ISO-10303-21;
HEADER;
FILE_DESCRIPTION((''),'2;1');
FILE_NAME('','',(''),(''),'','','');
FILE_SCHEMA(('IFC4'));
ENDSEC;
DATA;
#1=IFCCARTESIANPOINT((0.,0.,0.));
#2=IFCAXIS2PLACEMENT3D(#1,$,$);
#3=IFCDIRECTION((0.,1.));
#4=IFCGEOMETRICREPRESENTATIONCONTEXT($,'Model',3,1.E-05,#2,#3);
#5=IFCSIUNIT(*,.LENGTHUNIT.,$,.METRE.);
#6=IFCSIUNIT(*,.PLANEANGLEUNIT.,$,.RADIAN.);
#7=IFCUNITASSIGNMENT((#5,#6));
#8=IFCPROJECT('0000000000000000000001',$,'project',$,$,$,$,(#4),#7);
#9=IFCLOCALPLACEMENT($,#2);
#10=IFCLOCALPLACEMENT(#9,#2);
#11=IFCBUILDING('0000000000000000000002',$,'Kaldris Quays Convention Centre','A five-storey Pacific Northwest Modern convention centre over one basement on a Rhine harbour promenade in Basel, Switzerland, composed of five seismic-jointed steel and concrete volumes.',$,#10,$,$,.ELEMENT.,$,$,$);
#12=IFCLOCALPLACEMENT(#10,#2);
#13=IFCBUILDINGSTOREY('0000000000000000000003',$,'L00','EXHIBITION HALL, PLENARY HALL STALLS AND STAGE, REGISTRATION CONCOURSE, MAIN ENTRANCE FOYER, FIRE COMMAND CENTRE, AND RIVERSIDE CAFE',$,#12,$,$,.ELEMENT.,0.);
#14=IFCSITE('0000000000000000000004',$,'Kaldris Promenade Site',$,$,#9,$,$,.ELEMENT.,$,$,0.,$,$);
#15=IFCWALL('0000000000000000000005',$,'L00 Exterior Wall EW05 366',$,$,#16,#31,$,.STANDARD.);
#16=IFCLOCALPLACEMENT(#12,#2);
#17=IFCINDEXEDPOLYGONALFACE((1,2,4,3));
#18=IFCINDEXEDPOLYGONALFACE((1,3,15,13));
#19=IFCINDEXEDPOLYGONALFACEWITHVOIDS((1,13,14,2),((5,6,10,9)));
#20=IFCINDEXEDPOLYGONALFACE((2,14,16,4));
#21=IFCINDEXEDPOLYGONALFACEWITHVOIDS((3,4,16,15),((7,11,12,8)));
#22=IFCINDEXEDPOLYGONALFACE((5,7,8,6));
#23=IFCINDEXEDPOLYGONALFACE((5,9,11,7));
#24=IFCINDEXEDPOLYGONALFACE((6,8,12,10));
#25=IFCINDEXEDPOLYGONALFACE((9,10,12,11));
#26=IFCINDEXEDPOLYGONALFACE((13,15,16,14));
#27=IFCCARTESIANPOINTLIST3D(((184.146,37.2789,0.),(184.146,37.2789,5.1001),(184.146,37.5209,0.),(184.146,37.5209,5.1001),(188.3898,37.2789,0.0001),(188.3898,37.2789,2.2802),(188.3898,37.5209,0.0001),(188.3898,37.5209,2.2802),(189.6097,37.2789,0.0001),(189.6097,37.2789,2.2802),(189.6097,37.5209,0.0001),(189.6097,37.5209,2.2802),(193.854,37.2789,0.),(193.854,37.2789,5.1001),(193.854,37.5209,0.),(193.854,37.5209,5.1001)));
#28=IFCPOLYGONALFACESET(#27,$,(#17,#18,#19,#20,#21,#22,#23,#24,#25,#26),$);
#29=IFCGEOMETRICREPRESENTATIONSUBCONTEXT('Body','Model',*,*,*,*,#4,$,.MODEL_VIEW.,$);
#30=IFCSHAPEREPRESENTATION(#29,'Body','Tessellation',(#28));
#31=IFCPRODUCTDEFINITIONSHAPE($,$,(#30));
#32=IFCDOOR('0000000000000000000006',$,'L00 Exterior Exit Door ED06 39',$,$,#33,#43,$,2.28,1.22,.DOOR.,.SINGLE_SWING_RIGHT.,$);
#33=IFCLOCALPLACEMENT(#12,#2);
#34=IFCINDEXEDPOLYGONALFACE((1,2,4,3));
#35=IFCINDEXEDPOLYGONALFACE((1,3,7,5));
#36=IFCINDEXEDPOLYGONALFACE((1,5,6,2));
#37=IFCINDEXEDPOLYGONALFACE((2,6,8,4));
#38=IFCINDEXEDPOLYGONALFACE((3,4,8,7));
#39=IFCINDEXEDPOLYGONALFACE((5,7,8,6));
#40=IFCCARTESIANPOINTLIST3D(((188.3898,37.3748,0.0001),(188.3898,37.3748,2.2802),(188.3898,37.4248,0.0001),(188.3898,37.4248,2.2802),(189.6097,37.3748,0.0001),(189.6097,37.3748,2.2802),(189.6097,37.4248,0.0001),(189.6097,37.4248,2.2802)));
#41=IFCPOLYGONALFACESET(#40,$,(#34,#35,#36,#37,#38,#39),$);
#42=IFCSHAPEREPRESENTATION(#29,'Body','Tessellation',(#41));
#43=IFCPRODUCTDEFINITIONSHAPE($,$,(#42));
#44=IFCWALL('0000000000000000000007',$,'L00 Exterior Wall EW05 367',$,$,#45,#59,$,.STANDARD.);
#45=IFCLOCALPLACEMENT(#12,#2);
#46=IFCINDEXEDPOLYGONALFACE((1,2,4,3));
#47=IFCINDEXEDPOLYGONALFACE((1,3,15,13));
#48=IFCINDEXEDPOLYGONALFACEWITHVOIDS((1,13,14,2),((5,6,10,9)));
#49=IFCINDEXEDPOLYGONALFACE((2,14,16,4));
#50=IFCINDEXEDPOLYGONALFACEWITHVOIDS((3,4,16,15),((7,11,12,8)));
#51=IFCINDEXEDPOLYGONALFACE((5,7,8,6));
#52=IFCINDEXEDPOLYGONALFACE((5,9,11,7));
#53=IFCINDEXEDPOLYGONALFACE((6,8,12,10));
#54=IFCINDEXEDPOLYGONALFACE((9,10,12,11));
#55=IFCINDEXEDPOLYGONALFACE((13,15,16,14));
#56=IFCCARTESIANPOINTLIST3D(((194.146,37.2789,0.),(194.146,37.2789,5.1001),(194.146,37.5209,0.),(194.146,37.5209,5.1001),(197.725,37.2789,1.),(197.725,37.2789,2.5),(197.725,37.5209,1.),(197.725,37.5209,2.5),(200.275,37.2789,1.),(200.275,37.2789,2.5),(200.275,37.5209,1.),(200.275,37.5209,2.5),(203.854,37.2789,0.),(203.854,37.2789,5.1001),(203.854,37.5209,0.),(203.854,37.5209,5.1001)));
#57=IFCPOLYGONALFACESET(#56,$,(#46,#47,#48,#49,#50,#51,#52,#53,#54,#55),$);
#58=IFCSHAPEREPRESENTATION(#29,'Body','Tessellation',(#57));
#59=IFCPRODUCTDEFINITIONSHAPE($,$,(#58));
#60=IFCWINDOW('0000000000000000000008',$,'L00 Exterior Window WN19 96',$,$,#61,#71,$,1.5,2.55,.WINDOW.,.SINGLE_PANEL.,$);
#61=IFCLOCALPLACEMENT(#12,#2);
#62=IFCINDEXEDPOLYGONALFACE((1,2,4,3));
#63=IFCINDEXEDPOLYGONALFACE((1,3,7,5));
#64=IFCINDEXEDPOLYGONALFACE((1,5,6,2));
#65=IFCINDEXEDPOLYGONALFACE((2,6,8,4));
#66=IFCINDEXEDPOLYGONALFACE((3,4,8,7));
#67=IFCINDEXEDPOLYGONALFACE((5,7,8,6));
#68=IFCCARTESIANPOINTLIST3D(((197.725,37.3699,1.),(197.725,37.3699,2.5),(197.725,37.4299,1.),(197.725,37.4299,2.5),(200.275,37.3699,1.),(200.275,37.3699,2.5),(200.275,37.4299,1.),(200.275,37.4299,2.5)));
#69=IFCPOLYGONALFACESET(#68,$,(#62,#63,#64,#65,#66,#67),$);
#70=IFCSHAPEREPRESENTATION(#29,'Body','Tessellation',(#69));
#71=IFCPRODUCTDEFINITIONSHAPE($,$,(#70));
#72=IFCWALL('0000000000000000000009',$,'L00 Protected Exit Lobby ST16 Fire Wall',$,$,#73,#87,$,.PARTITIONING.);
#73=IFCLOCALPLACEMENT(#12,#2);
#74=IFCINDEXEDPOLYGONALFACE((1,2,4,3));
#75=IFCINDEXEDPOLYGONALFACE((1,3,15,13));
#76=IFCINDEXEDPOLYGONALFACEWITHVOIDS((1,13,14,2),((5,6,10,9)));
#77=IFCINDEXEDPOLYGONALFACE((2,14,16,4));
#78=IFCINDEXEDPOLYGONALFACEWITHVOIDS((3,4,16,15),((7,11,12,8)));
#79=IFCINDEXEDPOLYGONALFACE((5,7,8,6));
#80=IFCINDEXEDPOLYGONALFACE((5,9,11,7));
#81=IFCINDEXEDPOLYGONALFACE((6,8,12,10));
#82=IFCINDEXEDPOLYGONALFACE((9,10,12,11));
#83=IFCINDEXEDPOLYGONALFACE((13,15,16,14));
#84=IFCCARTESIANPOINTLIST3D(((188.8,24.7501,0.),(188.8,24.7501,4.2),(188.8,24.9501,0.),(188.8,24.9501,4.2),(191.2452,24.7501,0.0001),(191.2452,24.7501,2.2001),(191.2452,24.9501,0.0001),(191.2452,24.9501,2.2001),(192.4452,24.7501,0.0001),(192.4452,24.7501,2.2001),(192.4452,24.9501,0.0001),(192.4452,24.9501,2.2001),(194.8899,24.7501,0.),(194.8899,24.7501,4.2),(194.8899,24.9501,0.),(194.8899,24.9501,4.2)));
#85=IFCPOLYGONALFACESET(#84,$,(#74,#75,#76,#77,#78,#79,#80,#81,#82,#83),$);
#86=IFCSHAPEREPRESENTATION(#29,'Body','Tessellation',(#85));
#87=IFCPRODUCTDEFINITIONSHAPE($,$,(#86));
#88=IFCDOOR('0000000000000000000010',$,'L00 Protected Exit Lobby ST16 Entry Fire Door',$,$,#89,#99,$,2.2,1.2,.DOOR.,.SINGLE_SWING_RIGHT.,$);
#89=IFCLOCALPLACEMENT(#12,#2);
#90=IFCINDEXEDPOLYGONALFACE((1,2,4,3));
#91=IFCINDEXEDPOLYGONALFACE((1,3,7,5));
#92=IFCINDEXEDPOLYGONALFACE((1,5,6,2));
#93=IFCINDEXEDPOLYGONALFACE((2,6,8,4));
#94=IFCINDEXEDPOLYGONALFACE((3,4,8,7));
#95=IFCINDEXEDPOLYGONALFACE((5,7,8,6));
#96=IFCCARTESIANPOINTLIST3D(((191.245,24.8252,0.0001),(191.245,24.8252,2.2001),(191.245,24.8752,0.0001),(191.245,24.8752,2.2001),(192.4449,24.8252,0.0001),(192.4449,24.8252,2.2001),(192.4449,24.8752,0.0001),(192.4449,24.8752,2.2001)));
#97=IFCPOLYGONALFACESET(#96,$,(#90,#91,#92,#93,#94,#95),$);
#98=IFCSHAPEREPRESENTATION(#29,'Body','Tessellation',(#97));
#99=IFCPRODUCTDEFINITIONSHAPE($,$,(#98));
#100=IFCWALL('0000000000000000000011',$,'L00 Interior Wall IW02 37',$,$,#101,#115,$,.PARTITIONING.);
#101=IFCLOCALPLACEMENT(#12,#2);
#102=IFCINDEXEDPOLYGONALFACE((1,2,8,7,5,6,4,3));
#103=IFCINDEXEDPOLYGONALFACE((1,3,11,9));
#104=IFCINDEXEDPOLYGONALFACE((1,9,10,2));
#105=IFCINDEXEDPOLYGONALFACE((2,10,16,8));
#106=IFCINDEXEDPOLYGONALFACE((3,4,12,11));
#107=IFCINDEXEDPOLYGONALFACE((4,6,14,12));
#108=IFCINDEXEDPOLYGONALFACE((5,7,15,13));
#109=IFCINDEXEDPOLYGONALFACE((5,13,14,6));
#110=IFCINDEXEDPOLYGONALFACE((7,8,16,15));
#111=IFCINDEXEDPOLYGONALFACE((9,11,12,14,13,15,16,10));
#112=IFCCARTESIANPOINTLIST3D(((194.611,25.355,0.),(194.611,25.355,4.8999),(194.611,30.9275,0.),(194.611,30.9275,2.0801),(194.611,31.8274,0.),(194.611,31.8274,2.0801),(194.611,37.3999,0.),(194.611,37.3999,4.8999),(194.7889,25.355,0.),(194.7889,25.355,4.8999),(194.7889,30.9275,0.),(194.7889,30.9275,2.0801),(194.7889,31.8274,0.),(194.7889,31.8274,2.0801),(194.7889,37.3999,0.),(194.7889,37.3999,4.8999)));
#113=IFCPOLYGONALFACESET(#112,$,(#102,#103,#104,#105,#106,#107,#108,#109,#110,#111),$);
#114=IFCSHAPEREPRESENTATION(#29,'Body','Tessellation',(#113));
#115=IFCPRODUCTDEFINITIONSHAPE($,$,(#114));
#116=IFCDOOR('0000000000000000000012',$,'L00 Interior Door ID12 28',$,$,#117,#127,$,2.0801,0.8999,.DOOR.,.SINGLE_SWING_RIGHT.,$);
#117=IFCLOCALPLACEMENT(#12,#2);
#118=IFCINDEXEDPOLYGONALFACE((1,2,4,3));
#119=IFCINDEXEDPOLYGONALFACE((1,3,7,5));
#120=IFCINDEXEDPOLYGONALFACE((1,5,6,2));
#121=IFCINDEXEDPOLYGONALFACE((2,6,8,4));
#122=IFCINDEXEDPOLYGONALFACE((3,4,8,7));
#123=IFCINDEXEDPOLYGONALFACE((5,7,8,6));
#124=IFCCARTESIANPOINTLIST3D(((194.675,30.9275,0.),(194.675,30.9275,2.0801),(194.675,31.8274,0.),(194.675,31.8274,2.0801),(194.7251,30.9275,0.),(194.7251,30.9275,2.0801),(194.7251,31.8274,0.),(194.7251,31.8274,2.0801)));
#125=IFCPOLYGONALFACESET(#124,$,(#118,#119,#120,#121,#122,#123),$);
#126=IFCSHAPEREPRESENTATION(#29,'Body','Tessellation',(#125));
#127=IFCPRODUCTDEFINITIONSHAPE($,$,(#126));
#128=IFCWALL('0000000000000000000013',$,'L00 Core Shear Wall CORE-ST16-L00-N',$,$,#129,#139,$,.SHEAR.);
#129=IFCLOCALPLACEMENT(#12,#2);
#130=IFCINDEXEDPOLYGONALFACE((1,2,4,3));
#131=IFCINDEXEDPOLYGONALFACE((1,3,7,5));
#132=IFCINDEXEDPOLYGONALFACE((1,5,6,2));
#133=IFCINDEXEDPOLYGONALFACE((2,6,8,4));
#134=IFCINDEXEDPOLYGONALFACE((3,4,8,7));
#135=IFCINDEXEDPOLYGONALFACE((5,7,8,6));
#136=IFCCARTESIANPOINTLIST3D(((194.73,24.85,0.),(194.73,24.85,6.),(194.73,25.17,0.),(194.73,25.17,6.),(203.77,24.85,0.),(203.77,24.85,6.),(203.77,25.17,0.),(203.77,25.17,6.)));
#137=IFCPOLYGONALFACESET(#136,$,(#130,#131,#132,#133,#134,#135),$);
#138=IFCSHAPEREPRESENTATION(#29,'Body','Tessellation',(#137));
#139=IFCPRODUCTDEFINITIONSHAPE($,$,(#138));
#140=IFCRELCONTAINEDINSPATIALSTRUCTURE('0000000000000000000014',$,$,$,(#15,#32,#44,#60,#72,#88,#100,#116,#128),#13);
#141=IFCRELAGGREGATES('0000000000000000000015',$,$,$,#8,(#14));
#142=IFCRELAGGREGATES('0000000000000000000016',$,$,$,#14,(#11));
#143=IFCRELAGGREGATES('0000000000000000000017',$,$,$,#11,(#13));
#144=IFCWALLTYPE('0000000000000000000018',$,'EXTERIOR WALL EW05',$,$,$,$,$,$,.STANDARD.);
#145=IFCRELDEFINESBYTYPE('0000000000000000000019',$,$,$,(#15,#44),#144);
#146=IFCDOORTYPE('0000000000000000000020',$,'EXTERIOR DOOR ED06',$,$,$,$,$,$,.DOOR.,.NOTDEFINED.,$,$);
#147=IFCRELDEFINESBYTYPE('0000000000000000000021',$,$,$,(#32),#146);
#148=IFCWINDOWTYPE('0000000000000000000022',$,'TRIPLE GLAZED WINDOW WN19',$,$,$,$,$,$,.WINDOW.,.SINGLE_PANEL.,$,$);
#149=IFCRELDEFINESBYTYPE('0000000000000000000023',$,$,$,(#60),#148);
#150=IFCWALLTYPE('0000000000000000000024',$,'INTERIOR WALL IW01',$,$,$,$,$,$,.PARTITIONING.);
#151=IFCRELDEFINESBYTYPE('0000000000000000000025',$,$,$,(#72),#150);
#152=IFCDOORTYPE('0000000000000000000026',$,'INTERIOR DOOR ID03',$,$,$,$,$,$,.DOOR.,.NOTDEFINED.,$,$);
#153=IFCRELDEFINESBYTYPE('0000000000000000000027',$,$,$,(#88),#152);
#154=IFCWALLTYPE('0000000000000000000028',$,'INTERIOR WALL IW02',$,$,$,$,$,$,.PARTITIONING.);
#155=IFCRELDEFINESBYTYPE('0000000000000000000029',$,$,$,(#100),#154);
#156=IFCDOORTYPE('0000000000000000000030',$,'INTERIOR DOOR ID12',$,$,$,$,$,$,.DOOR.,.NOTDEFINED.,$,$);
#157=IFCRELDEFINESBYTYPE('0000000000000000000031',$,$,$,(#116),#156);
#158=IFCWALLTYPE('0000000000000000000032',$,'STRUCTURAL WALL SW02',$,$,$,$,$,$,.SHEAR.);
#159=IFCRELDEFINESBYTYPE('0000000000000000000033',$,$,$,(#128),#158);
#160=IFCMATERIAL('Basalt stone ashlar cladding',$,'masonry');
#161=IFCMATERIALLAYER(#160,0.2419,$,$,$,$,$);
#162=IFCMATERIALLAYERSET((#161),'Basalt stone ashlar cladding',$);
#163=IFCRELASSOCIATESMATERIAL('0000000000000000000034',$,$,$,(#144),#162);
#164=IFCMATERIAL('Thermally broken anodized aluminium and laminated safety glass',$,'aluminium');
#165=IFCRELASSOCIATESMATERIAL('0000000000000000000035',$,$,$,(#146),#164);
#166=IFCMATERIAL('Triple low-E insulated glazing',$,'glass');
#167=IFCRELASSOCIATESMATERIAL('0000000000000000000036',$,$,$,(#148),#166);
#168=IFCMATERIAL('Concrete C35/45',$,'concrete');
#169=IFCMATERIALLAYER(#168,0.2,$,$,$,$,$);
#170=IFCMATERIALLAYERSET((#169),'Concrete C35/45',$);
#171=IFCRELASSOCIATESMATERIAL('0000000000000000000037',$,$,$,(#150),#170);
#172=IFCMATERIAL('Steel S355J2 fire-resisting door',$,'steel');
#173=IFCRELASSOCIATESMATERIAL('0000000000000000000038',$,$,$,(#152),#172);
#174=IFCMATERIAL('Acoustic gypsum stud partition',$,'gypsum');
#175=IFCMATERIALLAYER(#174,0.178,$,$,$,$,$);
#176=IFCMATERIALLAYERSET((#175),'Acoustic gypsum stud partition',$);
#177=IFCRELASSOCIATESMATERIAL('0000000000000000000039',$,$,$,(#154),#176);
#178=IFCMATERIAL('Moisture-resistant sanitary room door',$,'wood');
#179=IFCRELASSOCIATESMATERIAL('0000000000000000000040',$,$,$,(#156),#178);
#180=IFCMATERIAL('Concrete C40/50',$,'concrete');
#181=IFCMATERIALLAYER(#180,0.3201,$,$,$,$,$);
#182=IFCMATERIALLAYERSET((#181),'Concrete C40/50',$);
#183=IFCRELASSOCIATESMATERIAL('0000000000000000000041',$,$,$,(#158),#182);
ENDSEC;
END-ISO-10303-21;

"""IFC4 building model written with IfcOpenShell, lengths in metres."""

from ifc_helpers import new_model, si_unit, direction, frame, frame_2d, origin, place, context, subcontext, project, spatial, rectangle, extrude, material, layer, layer_set, type_object, element, fill, save


model = new_model("IFC4")

# Units and contexts
model_context = context("Model", 3, precision=1e-05, world=origin(), true_north=direction((0.0, 1.0)))
body_context = subcontext(model_context, "Body", "Model", "MODEL_VIEW")
ifc_project = project(units=[si_unit("LENGTHUNIT", "METRE"), si_unit("PLANEANGLEUNIT", "RADIAN")], contexts=[model_context])

# Site, building, storey
site_placement = place(None, origin())
site = spatial("IfcSite", under=ifc_project, at=site_placement, Name="Kaldris Promenade Site", CompositionType="ELEMENT", RefElevation=0.0)
building_placement = place(site_placement, origin())
building = spatial("IfcBuilding", under=site, at=building_placement, Name="Kaldris Quays Convention Centre", Description="A five-storey Pacific Northwest Modern convention centre over one basement on a Rhine harbour promenade in Basel, Switzerland, composed of five seismic-jointed steel and concrete volumes.", CompositionType="ELEMENT")
storey_placement = place(building_placement, origin())
storey = spatial("IfcBuildingStorey", under=building, at=storey_placement, Name="L00", Description="EXHIBITION HALL, PLENARY HALL STALLS AND STAGE, REGISTRATION CONCOURSE, MAIN ENTRANCE FOYER, FIRE COMMAND CENTRE, AND RIVERSIDE CAFE", CompositionType="ELEMENT", Elevation=0.0)

# Wall, opening, door
ifc_material_1 = material(Name="Basalt stone ashlar cladding", Category="masonry")
ifc_layer_1 = layer(ifc_material_1, 0.2419)
ifc_layer_set_1 = layer_set([ifc_layer_1], Name="Basalt stone ashlar cladding")
wall_type_1 = type_object("IfcWallType", Name="EXTERIOR WALL EW05", PredefinedType="STANDARD", material=ifc_layer_set_1)
wall_1_placement = place(storey_placement, frame((184.146, 37.3999, 0.0), z_axis=(0.0, 0.0, 1.0), x_axis=(1.0, 0.0, 0.0)))
wall_1 = element("IfcWall", 1, at=wall_1_placement, inside=storey, type_object=wall_type_1, Name="L00 Exterior Wall EW05 366", PredefinedType="STANDARD", context=body_context, shape_type="SweptSolid", body=[
    extrude(rectangle(XDim=9.708, YDim=0.2419, at=frame_2d((4.854, 0.0))), origin(), (0.0, 0.0, 1.0), 5.1001),
])
opening_1_placement = place(wall_1_placement, frame((4.2439, 0.0, 0.0)))
opening_1 = element("IfcOpeningElement", 2, at=opening_1_placement, cuts=wall_1, PredefinedType="OPENING", context=body_context, shape_type="SweptSolid", body=[
    extrude(rectangle(XDim=1.22, YDim=2.28, at=frame_2d((0.6099, 1.1401))), frame((0.0, 0.1309, 0.0), z_axis=(0.0, -1.0, 0.0), x_axis=(1.0, 0.0, 0.0)), (0.0, 0.0, 1.0), 0.262),
])
ifc_material_2 = material(Name="Thermally broken anodized aluminium and laminated safety glass", Category="aluminium")
door_type_1 = type_object("IfcDoorType", Name="EXTERIOR DOOR ED06", OperationType="NOTDEFINED", PredefinedType="DOOR", material=ifc_material_2)
door_1_placement = place(opening_1_placement, origin())
door_1 = element("IfcDoor", 3, at=door_1_placement, inside=storey, type_object=door_type_1, Name="L00 Exterior Exit Door ED06 39", OperationType="SINGLE_SWING_RIGHT", OverallHeight=2.28, OverallWidth=1.22, PredefinedType="DOOR", context=body_context, shape_type="SweptSolid", body=[
    extrude(rectangle(XDim=1.22, YDim=2.28, at=frame_2d((0.6099, 1.1401))), frame((0.0, 0.0249, 0.0), z_axis=(0.0, -1.0, 0.0), x_axis=(1.0, 0.0, 0.0)), (0.0, 0.0, 1.0), 0.05),
])
fill(opening_1, door_1)

# Wall, opening, window
wall_2_placement = place(storey_placement, frame((194.146, 37.3999, 0.0), z_axis=(0.0, 0.0, 1.0), x_axis=(1.0, 0.0, 0.0)))
wall_2 = element("IfcWall", 4, at=wall_2_placement, inside=storey, type_object=wall_type_1, Name="L00 Exterior Wall EW05 367", PredefinedType="STANDARD", context=body_context, shape_type="SweptSolid", body=[
    extrude(rectangle(XDim=9.708, YDim=0.2419, at=frame_2d((4.854, 0.0))), origin(), (0.0, 0.0, 1.0), 5.1001),
])
opening_2_placement = place(wall_2_placement, frame((3.5791, 0.0, 1.0)))
opening_2 = element("IfcOpeningElement", 5, at=opening_2_placement, cuts=wall_2, PredefinedType="OPENING", context=body_context, shape_type="SweptSolid", body=[
    extrude(rectangle(XDim=2.55, YDim=1.5, at=frame_2d((1.2749, 0.75))), frame((0.0, 0.1309, 0.0), z_axis=(0.0, -1.0, 0.0), x_axis=(1.0, 0.0, 0.0)), (0.0, 0.0, 1.0), 0.262),
])
ifc_material_3 = material(Name="Triple low-E insulated glazing", Category="glass")
window_type = type_object("IfcWindowType", Name="TRIPLE GLAZED WINDOW WN19", PartitioningType="SINGLE_PANEL", PredefinedType="WINDOW", material=ifc_material_3)
window_placement = place(opening_2_placement, origin())
window = element("IfcWindow", 6, at=window_placement, inside=storey, type_object=window_type, Name="L00 Exterior Window WN19 96", OverallHeight=1.5, OverallWidth=2.55, PartitioningType="SINGLE_PANEL", PredefinedType="WINDOW", context=body_context, shape_type="SweptSolid", body=[
    extrude(rectangle(XDim=2.55, YDim=1.5, at=frame_2d((1.2749, 0.75))), frame((0.0, 0.03, 0.0), z_axis=(0.0, -1.0, 0.0), x_axis=(1.0, 0.0, 0.0)), (0.0, 0.0, 1.0), 0.0601),
])
fill(opening_2, window)

# Walls, openings, doors
ifc_material_4 = material(Name="Concrete C35/45", Category="concrete")
ifc_layer_2 = layer(ifc_material_4, 0.2)
ifc_layer_set_2 = layer_set([ifc_layer_2], Name="Concrete C35/45")
wall_type_2 = type_object("IfcWallType", Name="INTERIOR WALL IW01", PredefinedType="PARTITIONING", material=ifc_layer_set_2)
wall_3_placement = place(storey_placement, frame((188.8, 24.8501, 0.0), z_axis=(0.0, 0.0, 1.0), x_axis=(1.0, 0.0, 0.0)))
wall_3 = element("IfcWall", 7, at=wall_3_placement, inside=storey, type_object=wall_type_2, Name="L00 Protected Exit Lobby ST16 Fire Wall", PredefinedType="PARTITIONING", context=body_context, shape_type="SweptSolid", body=[
    extrude(rectangle(XDim=6.0898, YDim=0.2, at=frame_2d((3.0449, 0.0))), origin(), (0.0, 0.0, 1.0), 4.2),
])
opening_3_placement = place(wall_3_placement, frame((2.4451, 0.0, 0.0)))
opening_3 = element("IfcOpeningElement", 8, at=opening_3_placement, cuts=wall_3, PredefinedType="OPENING", context=body_context, shape_type="SweptSolid", body=[
    extrude(rectangle(XDim=1.2, YDim=2.2, at=frame_2d((0.6001, 1.1001))), frame((0.0, 0.1099, 0.0), z_axis=(0.0, -1.0, 0.0), x_axis=(1.0, 0.0, 0.0)), (0.0, 0.0, 1.0), 0.22),
])
ifc_material_5 = material(Name="Steel S355J2 fire-resisting door", Category="steel")
door_type_2 = type_object("IfcDoorType", Name="INTERIOR DOOR ID03", OperationType="NOTDEFINED", PredefinedType="DOOR", material=ifc_material_5)
door_2_placement = place(opening_3_placement, frame((1.2, 0.0, 0.0), z_axis=(0.0, 0.0, 1.0), x_axis=(-1.0, 0.0, 0.0)))
door_2 = element("IfcDoor", 9, at=door_2_placement, inside=storey, type_object=door_type_2, Name="L00 Protected Exit Lobby ST16 Entry Fire Door", OperationType="SINGLE_SWING_RIGHT", OverallHeight=2.2, OverallWidth=1.2, PredefinedType="DOOR", context=body_context, shape_type="SweptSolid", body=[
    extrude(rectangle(XDim=1.2, YDim=2.2, at=frame_2d((0.6001, 1.1001))), frame((0.0, 0.0249, 0.0), z_axis=(0.0, -1.0, 0.0), x_axis=(1.0, 0.0, 0.0)), (0.0, 0.0, 1.0), 0.05),
])
fill(opening_3, door_2)
ifc_material_6 = material(Name="Acoustic gypsum stud partition", Category="gypsum")
ifc_layer_3 = layer(ifc_material_6, 0.178)
ifc_layer_set_3 = layer_set([ifc_layer_3], Name="Acoustic gypsum stud partition")
wall_type_3 = type_object("IfcWallType", Name="INTERIOR WALL IW02", PredefinedType="PARTITIONING", material=ifc_layer_set_3)
wall_4_placement = place(storey_placement, frame((194.7, 25.355, 0.0), z_axis=(0.0, 0.0, 1.0), x_axis=(0.0, 1.0, 0.0)))
wall_4 = element("IfcWall", 10, at=wall_4_placement, inside=storey, type_object=wall_type_3, Name="L00 Interior Wall IW02 37", PredefinedType="PARTITIONING", context=body_context, shape_type="SweptSolid", body=[
    extrude(rectangle(XDim=12.0449, YDim=0.178, at=frame_2d((6.0225, 0.0))), origin(), (0.0, 0.0, 1.0), 4.8999),
])
opening_4_placement = place(wall_4_placement, frame((5.5725, 0.0, 0.0)))
opening_4 = element("IfcOpeningElement", 11, at=opening_4_placement, cuts=wall_4, PredefinedType="OPENING", context=body_context, shape_type="SweptSolid", body=[
    extrude(rectangle(XDim=0.8999, YDim=2.0801, at=frame_2d((0.45, 1.04))), frame((0.0, 0.0991, 0.0), z_axis=(0.0, -1.0, 0.0), x_axis=(1.0, 0.0, 0.0)), (0.0, 0.0, 1.0), 0.198),
])
ifc_material_7 = material(Name="Moisture-resistant sanitary room door", Category="wood")
door_type_3 = type_object("IfcDoorType", Name="INTERIOR DOOR ID12", OperationType="NOTDEFINED", PredefinedType="DOOR", material=ifc_material_7)
door_3_placement = place(opening_4_placement, origin())
door_3 = element("IfcDoor", 12, at=door_3_placement, inside=storey, type_object=door_type_3, Name="L00 Interior Door ID12 28", OperationType="SINGLE_SWING_RIGHT", OverallHeight=2.0801, OverallWidth=0.8999, PredefinedType="DOOR", context=body_context, shape_type="SweptSolid", body=[
    extrude(rectangle(XDim=0.8999, YDim=2.0801, at=frame_2d((0.45, 1.04))), frame((0.0, 0.0249, 0.0), z_axis=(0.0, -1.0, 0.0), x_axis=(1.0, 0.0, 0.0)), (0.0, 0.0, 1.0), 0.05),
])
fill(opening_4, door_3)

# Wall
ifc_material_8 = material(Name="Concrete C40/50", Category="concrete")
ifc_layer_4 = layer(ifc_material_8, 0.3201)
ifc_layer_set_4 = layer_set([ifc_layer_4], Name="Concrete C40/50")
wall_type_4 = type_object("IfcWallType", Name="STRUCTURAL WALL SW02", PredefinedType="SHEAR", material=ifc_layer_set_4)
wall_5_placement = place(storey_placement, frame((194.73, 25.01, 0.0), z_axis=(0.0, 0.0, 1.0), x_axis=(1.0, 0.0, 0.0)))
element("IfcWall", 13, at=wall_5_placement, inside=storey, type_object=wall_type_4, Name="L00 Core Shear Wall CORE-ST16-L00-N", PredefinedType="SHEAR", context=body_context, shape_type="SweptSolid", body=[
    extrude(rectangle(XDim=9.04, YDim=0.3201, at=frame_2d((4.52, 0.0))), origin(), (0.0, 0.0, 1.0), 6.0),
])

save(model, "model.ifc")
